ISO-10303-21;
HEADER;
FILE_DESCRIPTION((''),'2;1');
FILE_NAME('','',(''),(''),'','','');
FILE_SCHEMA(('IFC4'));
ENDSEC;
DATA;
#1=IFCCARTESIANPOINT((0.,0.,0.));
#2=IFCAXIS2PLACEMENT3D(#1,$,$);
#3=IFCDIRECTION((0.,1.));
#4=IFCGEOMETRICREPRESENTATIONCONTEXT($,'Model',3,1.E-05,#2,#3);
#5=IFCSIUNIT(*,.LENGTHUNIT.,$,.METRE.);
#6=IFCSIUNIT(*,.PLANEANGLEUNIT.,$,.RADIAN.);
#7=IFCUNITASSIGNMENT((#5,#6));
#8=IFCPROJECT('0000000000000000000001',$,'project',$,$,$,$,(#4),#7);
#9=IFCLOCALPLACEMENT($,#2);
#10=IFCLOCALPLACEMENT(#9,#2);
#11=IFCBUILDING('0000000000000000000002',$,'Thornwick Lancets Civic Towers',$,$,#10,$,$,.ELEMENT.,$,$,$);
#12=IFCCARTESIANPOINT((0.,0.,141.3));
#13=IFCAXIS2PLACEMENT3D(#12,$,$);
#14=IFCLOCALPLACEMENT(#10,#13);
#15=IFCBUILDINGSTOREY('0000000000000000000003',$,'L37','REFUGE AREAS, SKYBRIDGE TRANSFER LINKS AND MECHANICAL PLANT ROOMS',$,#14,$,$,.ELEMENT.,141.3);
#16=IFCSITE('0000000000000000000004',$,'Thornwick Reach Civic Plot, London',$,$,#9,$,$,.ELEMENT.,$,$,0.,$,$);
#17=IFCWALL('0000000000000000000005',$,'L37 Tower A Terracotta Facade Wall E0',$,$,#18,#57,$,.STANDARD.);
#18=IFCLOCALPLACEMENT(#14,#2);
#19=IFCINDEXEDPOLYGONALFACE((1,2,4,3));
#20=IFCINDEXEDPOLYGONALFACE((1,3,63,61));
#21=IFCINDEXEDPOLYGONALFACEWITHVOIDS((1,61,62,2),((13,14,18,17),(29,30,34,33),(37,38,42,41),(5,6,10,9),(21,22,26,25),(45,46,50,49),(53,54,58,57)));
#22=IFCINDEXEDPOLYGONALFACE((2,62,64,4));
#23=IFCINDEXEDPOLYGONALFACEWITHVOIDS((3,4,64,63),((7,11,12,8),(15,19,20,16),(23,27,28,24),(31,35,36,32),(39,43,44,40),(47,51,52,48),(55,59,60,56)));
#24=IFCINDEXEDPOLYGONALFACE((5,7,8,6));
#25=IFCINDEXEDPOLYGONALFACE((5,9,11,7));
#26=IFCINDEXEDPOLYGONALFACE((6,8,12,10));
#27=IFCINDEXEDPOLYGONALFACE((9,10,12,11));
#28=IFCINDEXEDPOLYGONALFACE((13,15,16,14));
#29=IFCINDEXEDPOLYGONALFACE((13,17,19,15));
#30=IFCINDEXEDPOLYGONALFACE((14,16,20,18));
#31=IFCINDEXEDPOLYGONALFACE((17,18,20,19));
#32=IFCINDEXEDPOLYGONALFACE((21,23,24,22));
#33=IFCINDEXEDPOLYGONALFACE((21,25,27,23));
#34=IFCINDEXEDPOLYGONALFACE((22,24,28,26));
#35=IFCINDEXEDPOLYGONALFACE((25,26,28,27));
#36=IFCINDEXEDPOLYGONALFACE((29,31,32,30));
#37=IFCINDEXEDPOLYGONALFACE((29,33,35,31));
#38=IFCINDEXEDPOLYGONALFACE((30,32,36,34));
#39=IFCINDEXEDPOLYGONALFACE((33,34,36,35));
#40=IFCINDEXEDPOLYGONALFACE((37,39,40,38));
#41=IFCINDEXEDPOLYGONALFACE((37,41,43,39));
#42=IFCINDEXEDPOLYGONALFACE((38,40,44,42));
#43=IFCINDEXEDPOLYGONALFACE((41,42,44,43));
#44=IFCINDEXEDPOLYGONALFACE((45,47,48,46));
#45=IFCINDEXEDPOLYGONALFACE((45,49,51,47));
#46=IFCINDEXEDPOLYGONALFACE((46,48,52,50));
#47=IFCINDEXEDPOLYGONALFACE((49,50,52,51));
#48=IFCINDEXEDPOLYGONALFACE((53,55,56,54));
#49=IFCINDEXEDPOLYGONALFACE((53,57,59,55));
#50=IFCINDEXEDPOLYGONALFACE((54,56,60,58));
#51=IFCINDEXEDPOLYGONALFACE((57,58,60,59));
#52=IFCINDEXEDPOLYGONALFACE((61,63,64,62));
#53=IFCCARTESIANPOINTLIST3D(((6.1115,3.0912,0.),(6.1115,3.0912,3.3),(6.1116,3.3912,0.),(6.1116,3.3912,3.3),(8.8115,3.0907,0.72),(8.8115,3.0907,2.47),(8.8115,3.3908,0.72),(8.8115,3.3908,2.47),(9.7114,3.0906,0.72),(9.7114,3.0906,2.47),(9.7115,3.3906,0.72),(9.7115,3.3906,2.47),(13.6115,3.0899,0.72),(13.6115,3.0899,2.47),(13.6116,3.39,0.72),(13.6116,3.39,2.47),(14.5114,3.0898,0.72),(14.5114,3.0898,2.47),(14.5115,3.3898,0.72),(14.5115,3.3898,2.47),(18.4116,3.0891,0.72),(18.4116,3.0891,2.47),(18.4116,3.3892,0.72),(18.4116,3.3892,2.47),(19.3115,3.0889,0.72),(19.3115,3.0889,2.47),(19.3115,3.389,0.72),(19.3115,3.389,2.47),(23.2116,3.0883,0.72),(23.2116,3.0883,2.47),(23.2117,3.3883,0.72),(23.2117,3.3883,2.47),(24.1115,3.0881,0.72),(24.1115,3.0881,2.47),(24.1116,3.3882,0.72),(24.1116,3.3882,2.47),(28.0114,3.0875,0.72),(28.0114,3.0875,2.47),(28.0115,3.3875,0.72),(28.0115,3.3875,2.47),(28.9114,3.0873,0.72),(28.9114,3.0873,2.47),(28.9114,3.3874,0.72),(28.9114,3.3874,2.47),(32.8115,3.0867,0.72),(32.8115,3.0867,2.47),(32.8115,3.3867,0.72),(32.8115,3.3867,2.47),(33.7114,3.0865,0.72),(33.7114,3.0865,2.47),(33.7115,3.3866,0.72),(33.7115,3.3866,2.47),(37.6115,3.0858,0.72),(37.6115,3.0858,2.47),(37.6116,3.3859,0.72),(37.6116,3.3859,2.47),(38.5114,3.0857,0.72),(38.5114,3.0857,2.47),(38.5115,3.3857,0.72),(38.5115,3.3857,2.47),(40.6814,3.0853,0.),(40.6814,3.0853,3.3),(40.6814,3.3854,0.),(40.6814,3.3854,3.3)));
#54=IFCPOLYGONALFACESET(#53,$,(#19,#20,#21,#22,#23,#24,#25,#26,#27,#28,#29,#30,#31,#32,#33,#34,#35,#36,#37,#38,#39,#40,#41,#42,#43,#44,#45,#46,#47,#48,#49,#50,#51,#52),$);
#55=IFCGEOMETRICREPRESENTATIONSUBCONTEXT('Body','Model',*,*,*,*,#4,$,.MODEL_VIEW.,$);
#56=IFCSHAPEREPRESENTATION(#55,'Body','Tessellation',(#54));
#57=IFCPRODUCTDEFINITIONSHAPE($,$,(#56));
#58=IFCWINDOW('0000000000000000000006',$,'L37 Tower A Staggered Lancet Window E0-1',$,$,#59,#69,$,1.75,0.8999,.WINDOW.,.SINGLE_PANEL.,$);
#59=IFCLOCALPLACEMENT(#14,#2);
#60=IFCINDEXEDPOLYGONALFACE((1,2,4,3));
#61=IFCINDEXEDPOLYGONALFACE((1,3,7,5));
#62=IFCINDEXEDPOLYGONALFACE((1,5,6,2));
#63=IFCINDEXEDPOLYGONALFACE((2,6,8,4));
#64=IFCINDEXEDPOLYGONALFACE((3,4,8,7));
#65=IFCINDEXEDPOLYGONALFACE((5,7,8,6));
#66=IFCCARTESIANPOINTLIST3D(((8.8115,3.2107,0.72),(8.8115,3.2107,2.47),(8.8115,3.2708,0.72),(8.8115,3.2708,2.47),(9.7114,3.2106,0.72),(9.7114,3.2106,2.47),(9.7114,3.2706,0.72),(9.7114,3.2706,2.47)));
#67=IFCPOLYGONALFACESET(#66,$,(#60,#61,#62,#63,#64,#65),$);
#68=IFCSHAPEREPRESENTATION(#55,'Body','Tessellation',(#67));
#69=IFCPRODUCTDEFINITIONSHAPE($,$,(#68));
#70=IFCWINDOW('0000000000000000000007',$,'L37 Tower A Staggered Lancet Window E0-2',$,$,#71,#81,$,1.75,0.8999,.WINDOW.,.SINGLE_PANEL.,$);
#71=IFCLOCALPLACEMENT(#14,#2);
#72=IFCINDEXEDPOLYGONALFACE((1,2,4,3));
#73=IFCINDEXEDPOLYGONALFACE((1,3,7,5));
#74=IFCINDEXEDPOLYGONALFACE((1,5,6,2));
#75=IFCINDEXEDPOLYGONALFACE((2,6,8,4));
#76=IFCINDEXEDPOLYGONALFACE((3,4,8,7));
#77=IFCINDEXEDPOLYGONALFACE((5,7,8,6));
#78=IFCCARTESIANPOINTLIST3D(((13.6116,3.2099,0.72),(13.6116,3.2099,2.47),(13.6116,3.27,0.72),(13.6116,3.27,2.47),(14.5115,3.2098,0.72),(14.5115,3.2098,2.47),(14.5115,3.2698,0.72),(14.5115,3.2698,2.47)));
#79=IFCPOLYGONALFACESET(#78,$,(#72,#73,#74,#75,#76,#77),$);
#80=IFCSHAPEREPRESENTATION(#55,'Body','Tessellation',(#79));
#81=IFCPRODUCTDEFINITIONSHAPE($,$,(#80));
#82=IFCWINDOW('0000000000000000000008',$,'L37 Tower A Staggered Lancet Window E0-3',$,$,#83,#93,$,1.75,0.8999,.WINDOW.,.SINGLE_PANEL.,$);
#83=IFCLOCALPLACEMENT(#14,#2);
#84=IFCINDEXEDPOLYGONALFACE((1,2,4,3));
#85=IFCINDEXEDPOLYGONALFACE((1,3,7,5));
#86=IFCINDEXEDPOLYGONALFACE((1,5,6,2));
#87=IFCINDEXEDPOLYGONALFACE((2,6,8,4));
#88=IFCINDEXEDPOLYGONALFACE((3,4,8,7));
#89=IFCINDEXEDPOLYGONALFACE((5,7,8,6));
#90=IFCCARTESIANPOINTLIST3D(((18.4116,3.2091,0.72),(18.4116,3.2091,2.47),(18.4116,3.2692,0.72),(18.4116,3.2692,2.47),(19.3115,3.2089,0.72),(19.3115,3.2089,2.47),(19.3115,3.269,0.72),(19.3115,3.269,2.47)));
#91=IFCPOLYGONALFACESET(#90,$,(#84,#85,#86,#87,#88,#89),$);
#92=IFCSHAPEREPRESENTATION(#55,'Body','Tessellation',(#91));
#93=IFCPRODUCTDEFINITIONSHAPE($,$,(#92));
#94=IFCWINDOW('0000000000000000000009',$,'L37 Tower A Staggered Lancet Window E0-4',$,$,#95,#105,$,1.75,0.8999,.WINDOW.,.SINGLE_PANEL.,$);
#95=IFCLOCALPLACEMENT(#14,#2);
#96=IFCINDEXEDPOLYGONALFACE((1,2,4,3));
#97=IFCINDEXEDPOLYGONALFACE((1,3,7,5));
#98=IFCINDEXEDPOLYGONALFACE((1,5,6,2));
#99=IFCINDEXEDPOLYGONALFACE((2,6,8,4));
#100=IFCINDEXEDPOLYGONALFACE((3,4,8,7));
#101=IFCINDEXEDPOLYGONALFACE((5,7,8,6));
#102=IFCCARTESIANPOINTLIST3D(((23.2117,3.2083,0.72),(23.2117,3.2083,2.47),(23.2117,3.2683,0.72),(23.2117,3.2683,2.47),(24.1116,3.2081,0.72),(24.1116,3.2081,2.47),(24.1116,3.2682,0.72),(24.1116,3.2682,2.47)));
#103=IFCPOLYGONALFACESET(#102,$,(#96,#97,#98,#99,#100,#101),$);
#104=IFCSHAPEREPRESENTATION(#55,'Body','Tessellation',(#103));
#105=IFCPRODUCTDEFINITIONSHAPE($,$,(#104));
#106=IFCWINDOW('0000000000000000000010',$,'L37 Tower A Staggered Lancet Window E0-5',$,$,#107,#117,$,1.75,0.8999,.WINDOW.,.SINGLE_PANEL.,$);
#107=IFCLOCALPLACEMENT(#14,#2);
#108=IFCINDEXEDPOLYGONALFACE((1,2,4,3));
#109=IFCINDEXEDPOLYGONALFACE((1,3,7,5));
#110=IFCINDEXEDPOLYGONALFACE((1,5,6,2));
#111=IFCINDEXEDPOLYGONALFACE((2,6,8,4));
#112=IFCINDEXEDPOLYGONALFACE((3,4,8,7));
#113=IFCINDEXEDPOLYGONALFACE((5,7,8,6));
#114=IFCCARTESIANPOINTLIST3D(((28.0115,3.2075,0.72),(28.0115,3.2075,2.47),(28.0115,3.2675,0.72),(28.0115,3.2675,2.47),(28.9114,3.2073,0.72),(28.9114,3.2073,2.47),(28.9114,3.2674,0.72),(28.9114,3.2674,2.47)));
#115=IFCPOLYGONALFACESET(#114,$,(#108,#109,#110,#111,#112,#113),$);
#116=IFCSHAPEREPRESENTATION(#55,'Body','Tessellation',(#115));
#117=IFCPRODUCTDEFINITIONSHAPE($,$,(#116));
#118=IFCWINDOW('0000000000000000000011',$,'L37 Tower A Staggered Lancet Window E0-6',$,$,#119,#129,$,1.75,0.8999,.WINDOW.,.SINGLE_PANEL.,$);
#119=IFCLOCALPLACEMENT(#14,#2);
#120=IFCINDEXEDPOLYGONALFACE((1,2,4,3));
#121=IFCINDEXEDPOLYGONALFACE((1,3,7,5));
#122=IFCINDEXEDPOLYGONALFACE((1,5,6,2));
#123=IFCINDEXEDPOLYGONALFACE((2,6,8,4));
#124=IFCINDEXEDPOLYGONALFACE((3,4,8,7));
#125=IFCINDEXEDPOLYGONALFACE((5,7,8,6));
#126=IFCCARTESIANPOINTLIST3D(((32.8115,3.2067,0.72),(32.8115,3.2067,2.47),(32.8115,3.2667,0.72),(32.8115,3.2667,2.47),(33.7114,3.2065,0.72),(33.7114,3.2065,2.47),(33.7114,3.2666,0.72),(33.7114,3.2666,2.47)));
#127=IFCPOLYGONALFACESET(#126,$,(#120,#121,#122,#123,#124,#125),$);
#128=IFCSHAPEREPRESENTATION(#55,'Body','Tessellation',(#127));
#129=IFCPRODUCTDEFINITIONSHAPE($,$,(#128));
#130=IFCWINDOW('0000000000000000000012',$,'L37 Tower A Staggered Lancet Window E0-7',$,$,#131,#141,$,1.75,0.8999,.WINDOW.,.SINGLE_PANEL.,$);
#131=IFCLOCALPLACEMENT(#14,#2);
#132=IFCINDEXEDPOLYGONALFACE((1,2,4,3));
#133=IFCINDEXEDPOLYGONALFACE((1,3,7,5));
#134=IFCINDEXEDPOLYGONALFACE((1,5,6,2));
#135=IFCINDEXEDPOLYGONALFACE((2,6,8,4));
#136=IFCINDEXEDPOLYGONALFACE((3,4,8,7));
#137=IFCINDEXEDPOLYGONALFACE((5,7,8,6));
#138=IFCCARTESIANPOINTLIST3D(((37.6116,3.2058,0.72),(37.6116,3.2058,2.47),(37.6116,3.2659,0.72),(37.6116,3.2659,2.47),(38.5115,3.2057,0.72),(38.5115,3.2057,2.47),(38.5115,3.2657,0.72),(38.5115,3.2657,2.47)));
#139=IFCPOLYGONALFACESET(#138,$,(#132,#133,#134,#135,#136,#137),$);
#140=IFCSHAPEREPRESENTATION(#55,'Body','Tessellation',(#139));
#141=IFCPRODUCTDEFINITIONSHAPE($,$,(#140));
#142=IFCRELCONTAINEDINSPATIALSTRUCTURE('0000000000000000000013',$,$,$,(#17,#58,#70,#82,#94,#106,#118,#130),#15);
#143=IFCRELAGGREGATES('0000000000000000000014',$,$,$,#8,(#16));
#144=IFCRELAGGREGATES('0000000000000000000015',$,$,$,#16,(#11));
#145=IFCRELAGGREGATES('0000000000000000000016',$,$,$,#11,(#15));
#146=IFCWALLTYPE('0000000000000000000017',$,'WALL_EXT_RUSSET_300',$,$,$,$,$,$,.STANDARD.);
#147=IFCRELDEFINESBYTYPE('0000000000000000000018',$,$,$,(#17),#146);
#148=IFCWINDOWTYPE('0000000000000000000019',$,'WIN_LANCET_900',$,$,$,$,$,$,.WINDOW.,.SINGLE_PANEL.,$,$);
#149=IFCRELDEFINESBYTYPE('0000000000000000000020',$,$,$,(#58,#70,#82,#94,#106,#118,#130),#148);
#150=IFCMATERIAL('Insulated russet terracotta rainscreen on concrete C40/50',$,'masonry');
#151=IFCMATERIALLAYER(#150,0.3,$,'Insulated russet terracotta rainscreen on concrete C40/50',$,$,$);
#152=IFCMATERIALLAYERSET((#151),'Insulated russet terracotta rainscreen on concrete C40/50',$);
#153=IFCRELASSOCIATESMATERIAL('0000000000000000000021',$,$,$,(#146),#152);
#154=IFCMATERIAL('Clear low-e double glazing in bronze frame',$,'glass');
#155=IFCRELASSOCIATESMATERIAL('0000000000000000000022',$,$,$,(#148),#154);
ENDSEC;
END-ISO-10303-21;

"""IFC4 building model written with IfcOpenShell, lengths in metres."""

from ifc_helpers import new_model, si_unit, direction, frame, frame_2d, origin, place, context, subcontext, project, spatial, rectangle, extrude, material, layer, layer_set, type_object, element, fill, save


model = new_model("IFC4")

# Units and contexts
model_context = context("Model", 3, precision=1e-05, world=origin(), true_north=direction((0.0, 1.0)))
body_context = subcontext(model_context, "Body", "Model", "MODEL_VIEW")
ifc_project = project(units=[si_unit("LENGTHUNIT", "METRE"), si_unit("PLANEANGLEUNIT", "RADIAN")], contexts=[model_context])

# Site, building, storey
site_placement = place(None, origin())
site = spatial("IfcSite", under=ifc_project, at=site_placement, Name="Thornwick Reach Civic Plot, London", CompositionType="ELEMENT", RefElevation=0.0)
building_placement = place(site_placement, origin())
building = spatial("IfcBuilding", under=site, at=building_placement, Name="Thornwick Lancets Civic Towers", CompositionType="ELEMENT")
storey_placement = place(building_placement, frame((0.0, 0.0, 141.3)))
storey = spatial("IfcBuildingStorey", under=building, at=storey_placement, Name="L37", Description="REFUGE AREAS, SKYBRIDGE TRANSFER LINKS AND MECHANICAL PLANT ROOMS", CompositionType="ELEMENT", Elevation=141.3)

# Wall, openings, windows
ifc_material_1 = material(Name="Insulated russet terracotta rainscreen on concrete C40/50", Category="masonry")
ifc_layer_1 = layer(ifc_material_1, 0.3, Name="Insulated russet terracotta rainscreen on concrete C40/50")
ifc_layer_set_1 = layer_set([ifc_layer_1], Name="Insulated russet terracotta rainscreen on concrete C40/50")
wall_type_1 = type_object("IfcWallType", Name="WALL_EXT_RUSSET_300", PredefinedType="STANDARD", material=ifc_layer_set_1)
wall_1_placement = place(storey_placement, frame((6.1116, 3.2412, 0.0), z_axis=(0.0, 0.0, 1.0), x_axis=(1.0, -0.000169, 0.0)))
wall_1 = element("IfcWall", 1, at=wall_1_placement, inside=storey, type_object=wall_type_1, Name="L37 Tower A Terracotta Facade Wall E0", PredefinedType="STANDARD", context=body_context, shape_type="SweptSolid", body=[
    extrude(rectangle(XDim=34.5698, YDim=0.3, at=frame_2d((17.2849, 0.0))), origin(), (0.0, 0.0, 1.0), 3.3),
])
opening_1_placement = place(wall_1_placement, frame((2.7, 0.0, 0.72)))
opening_1 = element("IfcOpeningElement", 2, at=opening_1_placement, cuts=wall_1, PredefinedType="OPENING", context=body_context, shape_type="SweptSolid", body=[
    extrude(rectangle(XDim=0.8999, YDim=1.75, at=frame_2d((0.45, 0.875))), frame((0.0, 0.1602, 0.0), z_axis=(0.0, -1.0, 0.0), x_axis=(1.0, 0.0, 0.0)), (0.0, 0.0, 1.0), 0.3201),
])
opening_2_placement = place(wall_1_placement, frame((7.5, 0.0, 0.72)))
opening_2 = element("IfcOpeningElement", 3, at=opening_2_placement, cuts=wall_1, PredefinedType="OPENING", context=body_context, shape_type="SweptSolid", body=[
    extrude(rectangle(XDim=0.8999, YDim=1.75, at=frame_2d((0.45, 0.875))), frame((0.0, 0.1602, 0.0), z_axis=(0.0, -1.0, 0.0), x_axis=(1.0, 0.0, 0.0)), (0.0, 0.0, 1.0), 0.3201),
])
opening_3_placement = place(wall_1_placement, frame((12.3, 0.0, 0.72)))
opening_3 = element("IfcOpeningElement", 4, at=opening_3_placement, cuts=wall_1, PredefinedType="OPENING", context=body_context, shape_type="SweptSolid", body=[
    extrude(rectangle(XDim=0.8999, YDim=1.75, at=frame_2d((0.45, 0.875))), frame((0.0, 0.1602, 0.0), z_axis=(0.0, -1.0, 0.0), x_axis=(1.0, 0.0, 0.0)), (0.0, 0.0, 1.0), 0.3201),
])
opening_4_placement = place(wall_1_placement, frame((17.1001, 0.0, 0.72)))
opening_4 = element("IfcOpeningElement", 5, at=opening_4_placement, cuts=wall_1, PredefinedType="OPENING", context=body_context, shape_type="SweptSolid", body=[
    extrude(rectangle(XDim=0.8999, YDim=1.75, at=frame_2d((0.45, 0.875))), frame((0.0, 0.1602, 0.0), z_axis=(0.0, -1.0, 0.0), x_axis=(1.0, 0.0, 0.0)), (0.0, 0.0, 1.0), 0.3201),
])
opening_5_placement = place(wall_1_placement, frame((21.8999, 0.0, 0.72)))
opening_5 = element("IfcOpeningElement", 6, at=opening_5_placement, cuts=wall_1, PredefinedType="OPENING", context=body_context, shape_type="SweptSolid", body=[
    extrude(rectangle(XDim=0.8999, YDim=1.75, at=frame_2d((0.45, 0.875))), frame((0.0, 0.1602, 0.0), z_axis=(0.0, -1.0, 0.0), x_axis=(1.0, 0.0, 0.0)), (0.0, 0.0, 1.0), 0.3201),
])
opening_6_placement = place(wall_1_placement, frame((26.7, 0.0, 0.72)))
opening_6 = element("IfcOpeningElement", 7, at=opening_6_placement, cuts=wall_1, PredefinedType="OPENING", context=body_context, shape_type="SweptSolid", body=[
    extrude(rectangle(XDim=0.8999, YDim=1.75, at=frame_2d((0.45, 0.875))), frame((0.0, 0.1602, 0.0), z_axis=(0.0, -1.0, 0.0), x_axis=(1.0, 0.0, 0.0)), (0.0, 0.0, 1.0), 0.3201),
])
opening_7_placement = place(wall_1_placement, frame((31.5, 0.0, 0.72)))
opening_7 = element("IfcOpeningElement", 8, at=opening_7_placement, cuts=wall_1, PredefinedType="OPENING", context=body_context, shape_type="SweptSolid", body=[
    extrude(rectangle(XDim=0.8999, YDim=1.75, at=frame_2d((0.45, 0.875))), frame((0.0, 0.1602, 0.0), z_axis=(0.0, -1.0, 0.0), x_axis=(1.0, 0.0, 0.0)), (0.0, 0.0, 1.0), 0.3201),
])
ifc_material_2 = material(Name="Clear low-e double glazing in bronze frame", Category="glass")
window_type = type_object("IfcWindowType", Name="WIN_LANCET_900", PartitioningType="SINGLE_PANEL", PredefinedType="WINDOW", material=ifc_material_2)
window_1_placement = place(opening_1_placement, origin())
window_1 = element("IfcWindow", 9, at=window_1_placement, inside=storey, type_object=window_type, Name="L37 Tower A Staggered Lancet Window E0-1", OverallHeight=1.75, OverallWidth=0.8999, PartitioningType="SINGLE_PANEL", PredefinedType="WINDOW", context=body_context, shape_type="SweptSolid", body=[
    extrude(rectangle(XDim=0.8999, YDim=1.75, at=frame_2d((0.45, 0.875))), frame((0.0, 0.03, 0.0), z_axis=(0.0, -1.0, 0.0), x_axis=(1.0, 0.0, 0.0)), (0.0, 0.0, 1.0), 0.0601),
])
fill(opening_1, window_1)
window_2_placement = place(opening_2_placement, origin())
window_2 = element("IfcWindow", 10, at=window_2_placement, inside=storey, type_object=window_type, Name="L37 Tower A Staggered Lancet Window E0-2", OverallHeight=1.75, OverallWidth=0.8999, PartitioningType="SINGLE_PANEL", PredefinedType="WINDOW", context=body_context, shape_type="SweptSolid", body=[
    extrude(rectangle(XDim=0.8999, YDim=1.75, at=frame_2d((0.45, 0.875))), frame((0.0, 0.03, 0.0), z_axis=(0.0, -1.0, 0.0), x_axis=(1.0, 0.0, 0.0)), (0.0, 0.0, 1.0), 0.0601),
])
fill(opening_2, window_2)
window_3_placement = place(opening_3_placement, origin())
window_3 = element("IfcWindow", 11, at=window_3_placement, inside=storey, type_object=window_type, Name="L37 Tower A Staggered Lancet Window E0-3", OverallHeight=1.75, OverallWidth=0.8999, PartitioningType="SINGLE_PANEL", PredefinedType="WINDOW", context=body_context, shape_type="SweptSolid", body=[
    extrude(rectangle(XDim=0.8999, YDim=1.75, at=frame_2d((0.45, 0.875))), frame((0.0, 0.03, 0.0), z_axis=(0.0, -1.0, 0.0), x_axis=(1.0, 0.0, 0.0)), (0.0, 0.0, 1.0), 0.0601),
])
fill(opening_3, window_3)
window_4_placement = place(opening_4_placement, origin())
window_4 = element("IfcWindow", 12, at=window_4_placement, inside=storey, type_object=window_type, Name="L37 Tower A Staggered Lancet Window E0-4", OverallHeight=1.75, OverallWidth=0.8999, PartitioningType="SINGLE_PANEL", PredefinedType="WINDOW", context=body_context, shape_type="SweptSolid", body=[
    extrude(rectangle(XDim=0.8999, YDim=1.75, at=frame_2d((0.45, 0.875))), frame((0.0, 0.03, 0.0), z_axis=(0.0, -1.0, 0.0), x_axis=(1.0, 0.0, 0.0)), (0.0, 0.0, 1.0), 0.0601),
])
fill(opening_4, window_4)
window_5_placement = place(opening_5_placement, origin())
window_5 = element("IfcWindow", 13, at=window_5_placement, inside=storey, type_object=window_type, Name="L37 Tower A Staggered Lancet Window E0-5", OverallHeight=1.75, OverallWidth=0.8999, PartitioningType="SINGLE_PANEL", PredefinedType="WINDOW", context=body_context, shape_type="SweptSolid", body=[
    extrude(rectangle(XDim=0.8999, YDim=1.75, at=frame_2d((0.45, 0.875))), frame((0.0, 0.03, 0.0), z_axis=(0.0, -1.0, 0.0), x_axis=(1.0, 0.0, 0.0)), (0.0, 0.0, 1.0), 0.0601),
])
fill(opening_5, window_5)
window_6_placement = place(opening_6_placement, origin())
window_6 = element("IfcWindow", 14, at=window_6_placement, inside=storey, type_object=window_type, Name="L37 Tower A Staggered Lancet Window E0-6", OverallHeight=1.75, OverallWidth=0.8999, PartitioningType="SINGLE_PANEL", PredefinedType="WINDOW", context=body_context, shape_type="SweptSolid", body=[
    extrude(rectangle(XDim=0.8999, YDim=1.75, at=frame_2d((0.45, 0.875))), frame((0.0, 0.03, 0.0), z_axis=(0.0, -1.0, 0.0), x_axis=(1.0, 0.0, 0.0)), (0.0, 0.0, 1.0), 0.0601),
])
fill(opening_6, window_6)
window_7_placement = place(opening_7_placement, origin())
window_7 = element("IfcWindow", 15, at=window_7_placement, inside=storey, type_object=window_type, Name="L37 Tower A Staggered Lancet Window E0-7", OverallHeight=1.75, OverallWidth=0.8999, PartitioningType="SINGLE_PANEL", PredefinedType="WINDOW", context=body_context, shape_type="SweptSolid", body=[
    extrude(rectangle(XDim=0.8999, YDim=1.75, at=frame_2d((0.45, 0.875))), frame((0.0, 0.03, 0.0), z_axis=(0.0, -1.0, 0.0), x_axis=(1.0, 0.0, 0.0)), (0.0, 0.0, 1.0), 0.0601),
])
fill(opening_7, window_7)

save(model, "model.ifc")
